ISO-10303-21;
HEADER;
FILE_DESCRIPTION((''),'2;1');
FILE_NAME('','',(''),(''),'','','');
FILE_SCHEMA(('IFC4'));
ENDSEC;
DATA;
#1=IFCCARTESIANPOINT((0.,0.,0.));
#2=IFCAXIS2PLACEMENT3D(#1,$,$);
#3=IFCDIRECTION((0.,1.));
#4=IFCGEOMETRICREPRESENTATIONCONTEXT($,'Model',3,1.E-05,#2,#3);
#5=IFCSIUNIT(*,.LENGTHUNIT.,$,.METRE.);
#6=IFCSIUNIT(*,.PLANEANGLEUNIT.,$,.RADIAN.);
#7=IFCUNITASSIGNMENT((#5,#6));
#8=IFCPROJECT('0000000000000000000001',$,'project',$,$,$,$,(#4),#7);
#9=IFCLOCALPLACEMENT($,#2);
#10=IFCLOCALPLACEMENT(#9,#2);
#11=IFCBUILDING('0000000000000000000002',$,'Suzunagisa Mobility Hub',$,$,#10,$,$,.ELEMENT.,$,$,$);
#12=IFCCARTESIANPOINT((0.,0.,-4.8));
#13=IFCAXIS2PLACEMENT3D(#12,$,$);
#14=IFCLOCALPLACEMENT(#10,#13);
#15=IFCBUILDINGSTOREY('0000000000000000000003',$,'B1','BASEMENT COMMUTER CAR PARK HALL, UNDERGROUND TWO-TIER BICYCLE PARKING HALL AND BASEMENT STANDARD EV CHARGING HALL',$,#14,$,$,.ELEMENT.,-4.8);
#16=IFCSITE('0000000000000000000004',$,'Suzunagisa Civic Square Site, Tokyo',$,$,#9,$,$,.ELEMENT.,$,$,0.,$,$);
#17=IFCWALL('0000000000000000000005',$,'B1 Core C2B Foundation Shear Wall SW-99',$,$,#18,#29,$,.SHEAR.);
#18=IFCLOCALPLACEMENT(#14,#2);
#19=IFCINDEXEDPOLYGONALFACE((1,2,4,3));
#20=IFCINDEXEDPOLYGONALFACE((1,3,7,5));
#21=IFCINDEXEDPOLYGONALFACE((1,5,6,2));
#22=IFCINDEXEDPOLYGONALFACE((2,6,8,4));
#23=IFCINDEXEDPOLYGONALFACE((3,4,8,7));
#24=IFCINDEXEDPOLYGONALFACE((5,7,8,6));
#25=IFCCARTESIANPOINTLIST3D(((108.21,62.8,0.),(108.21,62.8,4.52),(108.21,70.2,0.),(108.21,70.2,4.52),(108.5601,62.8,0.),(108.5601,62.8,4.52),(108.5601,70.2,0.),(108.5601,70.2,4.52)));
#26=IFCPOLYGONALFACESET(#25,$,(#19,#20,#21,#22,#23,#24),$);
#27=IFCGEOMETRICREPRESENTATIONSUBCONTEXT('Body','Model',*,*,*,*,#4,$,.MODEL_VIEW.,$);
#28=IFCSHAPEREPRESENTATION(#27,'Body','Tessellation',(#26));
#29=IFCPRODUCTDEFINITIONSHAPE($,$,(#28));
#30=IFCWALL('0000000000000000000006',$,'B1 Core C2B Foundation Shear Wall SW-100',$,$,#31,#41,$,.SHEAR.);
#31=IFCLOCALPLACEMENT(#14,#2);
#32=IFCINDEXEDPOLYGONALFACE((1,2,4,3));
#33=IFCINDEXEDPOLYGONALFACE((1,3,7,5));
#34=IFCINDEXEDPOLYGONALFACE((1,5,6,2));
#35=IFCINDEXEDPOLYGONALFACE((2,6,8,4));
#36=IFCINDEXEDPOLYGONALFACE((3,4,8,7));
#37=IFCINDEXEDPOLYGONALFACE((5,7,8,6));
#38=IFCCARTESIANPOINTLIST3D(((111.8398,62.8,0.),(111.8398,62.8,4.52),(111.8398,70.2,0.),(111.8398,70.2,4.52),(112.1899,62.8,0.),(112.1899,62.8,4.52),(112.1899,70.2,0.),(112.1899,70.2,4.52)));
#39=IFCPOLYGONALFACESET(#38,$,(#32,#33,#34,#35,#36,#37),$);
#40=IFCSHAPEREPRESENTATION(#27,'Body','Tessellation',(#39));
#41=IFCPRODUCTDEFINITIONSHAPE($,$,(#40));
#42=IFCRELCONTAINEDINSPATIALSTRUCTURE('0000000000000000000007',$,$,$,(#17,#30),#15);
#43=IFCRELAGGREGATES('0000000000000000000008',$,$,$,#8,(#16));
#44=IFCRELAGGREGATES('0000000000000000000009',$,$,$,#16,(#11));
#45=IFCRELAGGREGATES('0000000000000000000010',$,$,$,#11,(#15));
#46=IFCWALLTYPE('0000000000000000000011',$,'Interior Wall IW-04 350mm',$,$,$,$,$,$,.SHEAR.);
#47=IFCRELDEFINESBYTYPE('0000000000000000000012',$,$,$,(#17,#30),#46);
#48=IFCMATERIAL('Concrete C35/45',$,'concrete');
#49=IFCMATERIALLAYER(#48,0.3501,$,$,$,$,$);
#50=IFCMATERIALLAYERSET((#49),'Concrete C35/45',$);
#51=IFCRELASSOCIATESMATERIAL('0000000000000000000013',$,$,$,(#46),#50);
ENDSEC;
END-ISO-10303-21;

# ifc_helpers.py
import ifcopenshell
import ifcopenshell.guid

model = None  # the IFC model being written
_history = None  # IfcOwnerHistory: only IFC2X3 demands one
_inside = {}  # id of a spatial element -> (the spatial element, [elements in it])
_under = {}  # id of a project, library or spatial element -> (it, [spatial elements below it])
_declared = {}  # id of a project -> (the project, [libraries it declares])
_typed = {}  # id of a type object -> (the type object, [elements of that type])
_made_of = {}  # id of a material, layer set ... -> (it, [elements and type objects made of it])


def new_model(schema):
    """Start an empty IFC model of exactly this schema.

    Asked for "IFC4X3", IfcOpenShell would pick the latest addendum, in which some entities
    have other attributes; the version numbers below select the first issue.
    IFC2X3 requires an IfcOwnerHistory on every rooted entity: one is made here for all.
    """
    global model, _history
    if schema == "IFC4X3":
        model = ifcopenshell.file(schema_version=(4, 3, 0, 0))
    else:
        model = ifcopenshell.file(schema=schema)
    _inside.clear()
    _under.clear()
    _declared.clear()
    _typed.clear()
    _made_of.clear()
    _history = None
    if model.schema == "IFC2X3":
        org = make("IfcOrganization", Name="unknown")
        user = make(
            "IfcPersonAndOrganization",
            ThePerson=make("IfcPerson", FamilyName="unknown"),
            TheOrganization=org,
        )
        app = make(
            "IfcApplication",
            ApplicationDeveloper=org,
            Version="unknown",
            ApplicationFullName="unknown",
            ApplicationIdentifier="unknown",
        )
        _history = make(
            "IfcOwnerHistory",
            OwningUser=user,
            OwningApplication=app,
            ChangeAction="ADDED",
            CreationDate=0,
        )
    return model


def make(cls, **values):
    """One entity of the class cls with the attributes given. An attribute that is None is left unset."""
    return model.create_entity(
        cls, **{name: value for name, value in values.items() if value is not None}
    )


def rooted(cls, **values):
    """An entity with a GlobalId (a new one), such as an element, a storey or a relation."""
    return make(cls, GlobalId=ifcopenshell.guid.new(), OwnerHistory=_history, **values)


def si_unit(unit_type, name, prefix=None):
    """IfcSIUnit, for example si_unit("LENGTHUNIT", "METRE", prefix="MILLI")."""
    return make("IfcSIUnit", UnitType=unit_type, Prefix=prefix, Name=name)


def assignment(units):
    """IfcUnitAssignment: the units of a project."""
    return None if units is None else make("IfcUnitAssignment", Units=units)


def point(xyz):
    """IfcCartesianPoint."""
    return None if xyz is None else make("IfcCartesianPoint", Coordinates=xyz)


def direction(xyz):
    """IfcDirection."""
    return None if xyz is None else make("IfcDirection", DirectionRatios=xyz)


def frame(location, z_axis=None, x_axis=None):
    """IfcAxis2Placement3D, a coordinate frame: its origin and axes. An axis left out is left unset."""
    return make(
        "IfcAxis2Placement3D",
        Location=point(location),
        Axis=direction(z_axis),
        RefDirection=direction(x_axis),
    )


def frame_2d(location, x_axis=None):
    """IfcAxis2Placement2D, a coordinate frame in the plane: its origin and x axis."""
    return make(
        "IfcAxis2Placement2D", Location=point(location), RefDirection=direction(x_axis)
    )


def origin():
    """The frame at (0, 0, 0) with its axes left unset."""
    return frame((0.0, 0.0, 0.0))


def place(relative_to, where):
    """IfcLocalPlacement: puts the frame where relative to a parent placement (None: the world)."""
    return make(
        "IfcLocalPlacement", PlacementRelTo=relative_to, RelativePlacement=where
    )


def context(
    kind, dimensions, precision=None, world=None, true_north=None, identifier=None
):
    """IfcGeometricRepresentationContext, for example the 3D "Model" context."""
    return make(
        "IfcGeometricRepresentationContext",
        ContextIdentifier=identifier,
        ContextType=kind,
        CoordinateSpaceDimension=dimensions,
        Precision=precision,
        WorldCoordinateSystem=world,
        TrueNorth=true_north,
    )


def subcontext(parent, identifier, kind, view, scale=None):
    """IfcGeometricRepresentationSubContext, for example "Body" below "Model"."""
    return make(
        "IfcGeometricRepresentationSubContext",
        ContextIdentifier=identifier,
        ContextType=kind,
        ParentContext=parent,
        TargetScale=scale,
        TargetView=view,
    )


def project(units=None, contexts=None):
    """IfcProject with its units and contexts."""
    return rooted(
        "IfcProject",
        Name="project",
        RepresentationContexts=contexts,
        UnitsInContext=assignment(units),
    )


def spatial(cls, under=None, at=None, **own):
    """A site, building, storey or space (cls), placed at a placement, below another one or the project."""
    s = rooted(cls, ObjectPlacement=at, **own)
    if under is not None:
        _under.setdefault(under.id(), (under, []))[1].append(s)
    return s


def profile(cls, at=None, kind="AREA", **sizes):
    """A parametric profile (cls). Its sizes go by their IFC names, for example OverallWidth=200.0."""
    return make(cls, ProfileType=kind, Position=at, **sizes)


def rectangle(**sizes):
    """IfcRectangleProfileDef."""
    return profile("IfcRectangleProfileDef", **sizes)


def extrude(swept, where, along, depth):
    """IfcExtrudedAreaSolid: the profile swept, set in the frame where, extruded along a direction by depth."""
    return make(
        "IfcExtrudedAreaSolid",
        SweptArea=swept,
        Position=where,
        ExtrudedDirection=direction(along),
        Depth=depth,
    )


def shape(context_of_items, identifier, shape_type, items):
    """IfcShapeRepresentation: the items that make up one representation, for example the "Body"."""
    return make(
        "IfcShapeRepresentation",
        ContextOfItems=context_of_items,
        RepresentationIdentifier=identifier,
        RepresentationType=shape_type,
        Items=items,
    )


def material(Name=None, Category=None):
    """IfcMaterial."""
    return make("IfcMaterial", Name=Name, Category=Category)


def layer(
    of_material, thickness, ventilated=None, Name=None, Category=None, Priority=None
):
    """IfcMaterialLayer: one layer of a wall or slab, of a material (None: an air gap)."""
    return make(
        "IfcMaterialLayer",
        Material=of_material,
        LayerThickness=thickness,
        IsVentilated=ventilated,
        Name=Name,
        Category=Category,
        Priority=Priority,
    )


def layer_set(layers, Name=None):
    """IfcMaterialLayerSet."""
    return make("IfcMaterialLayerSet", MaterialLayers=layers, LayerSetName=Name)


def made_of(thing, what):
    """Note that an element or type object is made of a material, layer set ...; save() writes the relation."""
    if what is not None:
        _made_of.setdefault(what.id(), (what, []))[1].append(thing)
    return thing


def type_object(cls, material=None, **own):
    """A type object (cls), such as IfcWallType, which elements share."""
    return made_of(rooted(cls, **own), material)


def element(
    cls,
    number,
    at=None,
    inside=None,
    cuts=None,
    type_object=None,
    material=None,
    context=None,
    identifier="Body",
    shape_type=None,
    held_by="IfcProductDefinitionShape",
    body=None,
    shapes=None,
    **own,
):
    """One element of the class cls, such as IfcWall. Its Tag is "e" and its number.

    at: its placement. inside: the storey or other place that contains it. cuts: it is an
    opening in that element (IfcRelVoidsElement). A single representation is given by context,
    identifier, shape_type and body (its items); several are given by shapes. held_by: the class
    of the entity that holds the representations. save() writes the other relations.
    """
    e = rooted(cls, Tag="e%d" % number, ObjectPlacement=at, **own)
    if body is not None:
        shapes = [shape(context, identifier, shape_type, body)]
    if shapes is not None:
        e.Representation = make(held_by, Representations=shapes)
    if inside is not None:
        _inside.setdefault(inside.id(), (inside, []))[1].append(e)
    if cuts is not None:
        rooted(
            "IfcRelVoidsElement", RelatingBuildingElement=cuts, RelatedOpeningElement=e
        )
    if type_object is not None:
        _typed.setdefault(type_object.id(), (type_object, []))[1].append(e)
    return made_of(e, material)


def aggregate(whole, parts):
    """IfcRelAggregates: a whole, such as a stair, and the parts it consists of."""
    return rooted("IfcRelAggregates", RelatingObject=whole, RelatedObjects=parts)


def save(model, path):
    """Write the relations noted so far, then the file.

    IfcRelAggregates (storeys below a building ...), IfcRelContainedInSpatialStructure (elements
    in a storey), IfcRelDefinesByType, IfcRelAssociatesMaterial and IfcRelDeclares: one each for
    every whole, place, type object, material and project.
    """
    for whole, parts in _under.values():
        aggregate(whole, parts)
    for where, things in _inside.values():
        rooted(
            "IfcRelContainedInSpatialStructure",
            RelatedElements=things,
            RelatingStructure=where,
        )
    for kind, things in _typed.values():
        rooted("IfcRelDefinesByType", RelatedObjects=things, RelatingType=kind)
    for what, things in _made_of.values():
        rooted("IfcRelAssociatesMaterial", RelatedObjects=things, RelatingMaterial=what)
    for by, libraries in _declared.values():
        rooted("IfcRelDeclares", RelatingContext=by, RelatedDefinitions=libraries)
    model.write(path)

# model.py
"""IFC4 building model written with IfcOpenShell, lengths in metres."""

from ifc_helpers import new_model, si_unit, direction, frame, frame_2d, origin, place, context, subcontext, project, spatial, rectangle, extrude, material, layer, layer_set, type_object, element, save


model = new_model("IFC4")

# Units and contexts
model_context = context("Model", 3, precision=1e-05, world=origin(), true_north=direction((0.0, 1.0)))
body_context = subcontext(model_context, "Body", "Model", "MODEL_VIEW")
ifc_project = project(units=[si_unit("LENGTHUNIT", "METRE"), si_unit("PLANEANGLEUNIT", "RADIAN")], contexts=[model_context])

# Site, building, storey
site_placement = place(None, origin())
site = spatial("IfcSite", under=ifc_project, at=site_placement, Name="Suzunagisa Civic Square Site, Tokyo", CompositionType="ELEMENT", RefElevation=0.0)
building_placement = place(site_placement, origin())
building = spatial("IfcBuilding", under=site, at=building_placement, Name="Suzunagisa Mobility Hub", CompositionType="ELEMENT")
storey_placement = place(building_placement, frame((0.0, 0.0, -4.8)))
storey = spatial("IfcBuildingStorey", under=building, at=storey_placement, Name="B1", Description="BASEMENT COMMUTER CAR PARK HALL, UNDERGROUND TWO-TIER BICYCLE PARKING HALL AND BASEMENT STANDARD EV CHARGING HALL", CompositionType="ELEMENT", Elevation=-4.8)

# Shared definitions
ifc_material_1 = material(Name="Concrete C35/45", Category="concrete")

# Walls
ifc_layer_1 = layer(ifc_material_1, 0.3501)
ifc_layer_set_1 = layer_set([ifc_layer_1], Name="Concrete C35/45")
wall_type_1 = type_object("IfcWallType", Name="Interior Wall IW-04 350mm", PredefinedType="SHEAR", material=ifc_layer_set_1)
for number, where, z_axis, x_axis, name in (
    (1, (108.385, 62.8, 0.0), (0.0, 0.0, 1.0), (0.0, 1.0, 0.0), "B1 Core C2B Foundation Shear Wall SW-99"),
    (2, (112.0149, 62.8, 0.0), (0.0, 0.0, 1.0), (0.0, 1.0, 0.0), "B1 Core C2B Foundation Shear Wall SW-100"),
):
    element("IfcWall", number, at=place(storey_placement, frame(where, z_axis=z_axis, x_axis=x_axis)), inside=storey, type_object=wall_type_1, Name=name, PredefinedType="SHEAR", context=body_context, shape_type="SweptSolid", body=[
        extrude(rectangle(XDim=7.3999, YDim=0.3501, at=frame_2d((3.7, 0.0))), origin(), (0.0, 0.0, 1.0), 4.52),
    ])

save(model, "model.ifc")
